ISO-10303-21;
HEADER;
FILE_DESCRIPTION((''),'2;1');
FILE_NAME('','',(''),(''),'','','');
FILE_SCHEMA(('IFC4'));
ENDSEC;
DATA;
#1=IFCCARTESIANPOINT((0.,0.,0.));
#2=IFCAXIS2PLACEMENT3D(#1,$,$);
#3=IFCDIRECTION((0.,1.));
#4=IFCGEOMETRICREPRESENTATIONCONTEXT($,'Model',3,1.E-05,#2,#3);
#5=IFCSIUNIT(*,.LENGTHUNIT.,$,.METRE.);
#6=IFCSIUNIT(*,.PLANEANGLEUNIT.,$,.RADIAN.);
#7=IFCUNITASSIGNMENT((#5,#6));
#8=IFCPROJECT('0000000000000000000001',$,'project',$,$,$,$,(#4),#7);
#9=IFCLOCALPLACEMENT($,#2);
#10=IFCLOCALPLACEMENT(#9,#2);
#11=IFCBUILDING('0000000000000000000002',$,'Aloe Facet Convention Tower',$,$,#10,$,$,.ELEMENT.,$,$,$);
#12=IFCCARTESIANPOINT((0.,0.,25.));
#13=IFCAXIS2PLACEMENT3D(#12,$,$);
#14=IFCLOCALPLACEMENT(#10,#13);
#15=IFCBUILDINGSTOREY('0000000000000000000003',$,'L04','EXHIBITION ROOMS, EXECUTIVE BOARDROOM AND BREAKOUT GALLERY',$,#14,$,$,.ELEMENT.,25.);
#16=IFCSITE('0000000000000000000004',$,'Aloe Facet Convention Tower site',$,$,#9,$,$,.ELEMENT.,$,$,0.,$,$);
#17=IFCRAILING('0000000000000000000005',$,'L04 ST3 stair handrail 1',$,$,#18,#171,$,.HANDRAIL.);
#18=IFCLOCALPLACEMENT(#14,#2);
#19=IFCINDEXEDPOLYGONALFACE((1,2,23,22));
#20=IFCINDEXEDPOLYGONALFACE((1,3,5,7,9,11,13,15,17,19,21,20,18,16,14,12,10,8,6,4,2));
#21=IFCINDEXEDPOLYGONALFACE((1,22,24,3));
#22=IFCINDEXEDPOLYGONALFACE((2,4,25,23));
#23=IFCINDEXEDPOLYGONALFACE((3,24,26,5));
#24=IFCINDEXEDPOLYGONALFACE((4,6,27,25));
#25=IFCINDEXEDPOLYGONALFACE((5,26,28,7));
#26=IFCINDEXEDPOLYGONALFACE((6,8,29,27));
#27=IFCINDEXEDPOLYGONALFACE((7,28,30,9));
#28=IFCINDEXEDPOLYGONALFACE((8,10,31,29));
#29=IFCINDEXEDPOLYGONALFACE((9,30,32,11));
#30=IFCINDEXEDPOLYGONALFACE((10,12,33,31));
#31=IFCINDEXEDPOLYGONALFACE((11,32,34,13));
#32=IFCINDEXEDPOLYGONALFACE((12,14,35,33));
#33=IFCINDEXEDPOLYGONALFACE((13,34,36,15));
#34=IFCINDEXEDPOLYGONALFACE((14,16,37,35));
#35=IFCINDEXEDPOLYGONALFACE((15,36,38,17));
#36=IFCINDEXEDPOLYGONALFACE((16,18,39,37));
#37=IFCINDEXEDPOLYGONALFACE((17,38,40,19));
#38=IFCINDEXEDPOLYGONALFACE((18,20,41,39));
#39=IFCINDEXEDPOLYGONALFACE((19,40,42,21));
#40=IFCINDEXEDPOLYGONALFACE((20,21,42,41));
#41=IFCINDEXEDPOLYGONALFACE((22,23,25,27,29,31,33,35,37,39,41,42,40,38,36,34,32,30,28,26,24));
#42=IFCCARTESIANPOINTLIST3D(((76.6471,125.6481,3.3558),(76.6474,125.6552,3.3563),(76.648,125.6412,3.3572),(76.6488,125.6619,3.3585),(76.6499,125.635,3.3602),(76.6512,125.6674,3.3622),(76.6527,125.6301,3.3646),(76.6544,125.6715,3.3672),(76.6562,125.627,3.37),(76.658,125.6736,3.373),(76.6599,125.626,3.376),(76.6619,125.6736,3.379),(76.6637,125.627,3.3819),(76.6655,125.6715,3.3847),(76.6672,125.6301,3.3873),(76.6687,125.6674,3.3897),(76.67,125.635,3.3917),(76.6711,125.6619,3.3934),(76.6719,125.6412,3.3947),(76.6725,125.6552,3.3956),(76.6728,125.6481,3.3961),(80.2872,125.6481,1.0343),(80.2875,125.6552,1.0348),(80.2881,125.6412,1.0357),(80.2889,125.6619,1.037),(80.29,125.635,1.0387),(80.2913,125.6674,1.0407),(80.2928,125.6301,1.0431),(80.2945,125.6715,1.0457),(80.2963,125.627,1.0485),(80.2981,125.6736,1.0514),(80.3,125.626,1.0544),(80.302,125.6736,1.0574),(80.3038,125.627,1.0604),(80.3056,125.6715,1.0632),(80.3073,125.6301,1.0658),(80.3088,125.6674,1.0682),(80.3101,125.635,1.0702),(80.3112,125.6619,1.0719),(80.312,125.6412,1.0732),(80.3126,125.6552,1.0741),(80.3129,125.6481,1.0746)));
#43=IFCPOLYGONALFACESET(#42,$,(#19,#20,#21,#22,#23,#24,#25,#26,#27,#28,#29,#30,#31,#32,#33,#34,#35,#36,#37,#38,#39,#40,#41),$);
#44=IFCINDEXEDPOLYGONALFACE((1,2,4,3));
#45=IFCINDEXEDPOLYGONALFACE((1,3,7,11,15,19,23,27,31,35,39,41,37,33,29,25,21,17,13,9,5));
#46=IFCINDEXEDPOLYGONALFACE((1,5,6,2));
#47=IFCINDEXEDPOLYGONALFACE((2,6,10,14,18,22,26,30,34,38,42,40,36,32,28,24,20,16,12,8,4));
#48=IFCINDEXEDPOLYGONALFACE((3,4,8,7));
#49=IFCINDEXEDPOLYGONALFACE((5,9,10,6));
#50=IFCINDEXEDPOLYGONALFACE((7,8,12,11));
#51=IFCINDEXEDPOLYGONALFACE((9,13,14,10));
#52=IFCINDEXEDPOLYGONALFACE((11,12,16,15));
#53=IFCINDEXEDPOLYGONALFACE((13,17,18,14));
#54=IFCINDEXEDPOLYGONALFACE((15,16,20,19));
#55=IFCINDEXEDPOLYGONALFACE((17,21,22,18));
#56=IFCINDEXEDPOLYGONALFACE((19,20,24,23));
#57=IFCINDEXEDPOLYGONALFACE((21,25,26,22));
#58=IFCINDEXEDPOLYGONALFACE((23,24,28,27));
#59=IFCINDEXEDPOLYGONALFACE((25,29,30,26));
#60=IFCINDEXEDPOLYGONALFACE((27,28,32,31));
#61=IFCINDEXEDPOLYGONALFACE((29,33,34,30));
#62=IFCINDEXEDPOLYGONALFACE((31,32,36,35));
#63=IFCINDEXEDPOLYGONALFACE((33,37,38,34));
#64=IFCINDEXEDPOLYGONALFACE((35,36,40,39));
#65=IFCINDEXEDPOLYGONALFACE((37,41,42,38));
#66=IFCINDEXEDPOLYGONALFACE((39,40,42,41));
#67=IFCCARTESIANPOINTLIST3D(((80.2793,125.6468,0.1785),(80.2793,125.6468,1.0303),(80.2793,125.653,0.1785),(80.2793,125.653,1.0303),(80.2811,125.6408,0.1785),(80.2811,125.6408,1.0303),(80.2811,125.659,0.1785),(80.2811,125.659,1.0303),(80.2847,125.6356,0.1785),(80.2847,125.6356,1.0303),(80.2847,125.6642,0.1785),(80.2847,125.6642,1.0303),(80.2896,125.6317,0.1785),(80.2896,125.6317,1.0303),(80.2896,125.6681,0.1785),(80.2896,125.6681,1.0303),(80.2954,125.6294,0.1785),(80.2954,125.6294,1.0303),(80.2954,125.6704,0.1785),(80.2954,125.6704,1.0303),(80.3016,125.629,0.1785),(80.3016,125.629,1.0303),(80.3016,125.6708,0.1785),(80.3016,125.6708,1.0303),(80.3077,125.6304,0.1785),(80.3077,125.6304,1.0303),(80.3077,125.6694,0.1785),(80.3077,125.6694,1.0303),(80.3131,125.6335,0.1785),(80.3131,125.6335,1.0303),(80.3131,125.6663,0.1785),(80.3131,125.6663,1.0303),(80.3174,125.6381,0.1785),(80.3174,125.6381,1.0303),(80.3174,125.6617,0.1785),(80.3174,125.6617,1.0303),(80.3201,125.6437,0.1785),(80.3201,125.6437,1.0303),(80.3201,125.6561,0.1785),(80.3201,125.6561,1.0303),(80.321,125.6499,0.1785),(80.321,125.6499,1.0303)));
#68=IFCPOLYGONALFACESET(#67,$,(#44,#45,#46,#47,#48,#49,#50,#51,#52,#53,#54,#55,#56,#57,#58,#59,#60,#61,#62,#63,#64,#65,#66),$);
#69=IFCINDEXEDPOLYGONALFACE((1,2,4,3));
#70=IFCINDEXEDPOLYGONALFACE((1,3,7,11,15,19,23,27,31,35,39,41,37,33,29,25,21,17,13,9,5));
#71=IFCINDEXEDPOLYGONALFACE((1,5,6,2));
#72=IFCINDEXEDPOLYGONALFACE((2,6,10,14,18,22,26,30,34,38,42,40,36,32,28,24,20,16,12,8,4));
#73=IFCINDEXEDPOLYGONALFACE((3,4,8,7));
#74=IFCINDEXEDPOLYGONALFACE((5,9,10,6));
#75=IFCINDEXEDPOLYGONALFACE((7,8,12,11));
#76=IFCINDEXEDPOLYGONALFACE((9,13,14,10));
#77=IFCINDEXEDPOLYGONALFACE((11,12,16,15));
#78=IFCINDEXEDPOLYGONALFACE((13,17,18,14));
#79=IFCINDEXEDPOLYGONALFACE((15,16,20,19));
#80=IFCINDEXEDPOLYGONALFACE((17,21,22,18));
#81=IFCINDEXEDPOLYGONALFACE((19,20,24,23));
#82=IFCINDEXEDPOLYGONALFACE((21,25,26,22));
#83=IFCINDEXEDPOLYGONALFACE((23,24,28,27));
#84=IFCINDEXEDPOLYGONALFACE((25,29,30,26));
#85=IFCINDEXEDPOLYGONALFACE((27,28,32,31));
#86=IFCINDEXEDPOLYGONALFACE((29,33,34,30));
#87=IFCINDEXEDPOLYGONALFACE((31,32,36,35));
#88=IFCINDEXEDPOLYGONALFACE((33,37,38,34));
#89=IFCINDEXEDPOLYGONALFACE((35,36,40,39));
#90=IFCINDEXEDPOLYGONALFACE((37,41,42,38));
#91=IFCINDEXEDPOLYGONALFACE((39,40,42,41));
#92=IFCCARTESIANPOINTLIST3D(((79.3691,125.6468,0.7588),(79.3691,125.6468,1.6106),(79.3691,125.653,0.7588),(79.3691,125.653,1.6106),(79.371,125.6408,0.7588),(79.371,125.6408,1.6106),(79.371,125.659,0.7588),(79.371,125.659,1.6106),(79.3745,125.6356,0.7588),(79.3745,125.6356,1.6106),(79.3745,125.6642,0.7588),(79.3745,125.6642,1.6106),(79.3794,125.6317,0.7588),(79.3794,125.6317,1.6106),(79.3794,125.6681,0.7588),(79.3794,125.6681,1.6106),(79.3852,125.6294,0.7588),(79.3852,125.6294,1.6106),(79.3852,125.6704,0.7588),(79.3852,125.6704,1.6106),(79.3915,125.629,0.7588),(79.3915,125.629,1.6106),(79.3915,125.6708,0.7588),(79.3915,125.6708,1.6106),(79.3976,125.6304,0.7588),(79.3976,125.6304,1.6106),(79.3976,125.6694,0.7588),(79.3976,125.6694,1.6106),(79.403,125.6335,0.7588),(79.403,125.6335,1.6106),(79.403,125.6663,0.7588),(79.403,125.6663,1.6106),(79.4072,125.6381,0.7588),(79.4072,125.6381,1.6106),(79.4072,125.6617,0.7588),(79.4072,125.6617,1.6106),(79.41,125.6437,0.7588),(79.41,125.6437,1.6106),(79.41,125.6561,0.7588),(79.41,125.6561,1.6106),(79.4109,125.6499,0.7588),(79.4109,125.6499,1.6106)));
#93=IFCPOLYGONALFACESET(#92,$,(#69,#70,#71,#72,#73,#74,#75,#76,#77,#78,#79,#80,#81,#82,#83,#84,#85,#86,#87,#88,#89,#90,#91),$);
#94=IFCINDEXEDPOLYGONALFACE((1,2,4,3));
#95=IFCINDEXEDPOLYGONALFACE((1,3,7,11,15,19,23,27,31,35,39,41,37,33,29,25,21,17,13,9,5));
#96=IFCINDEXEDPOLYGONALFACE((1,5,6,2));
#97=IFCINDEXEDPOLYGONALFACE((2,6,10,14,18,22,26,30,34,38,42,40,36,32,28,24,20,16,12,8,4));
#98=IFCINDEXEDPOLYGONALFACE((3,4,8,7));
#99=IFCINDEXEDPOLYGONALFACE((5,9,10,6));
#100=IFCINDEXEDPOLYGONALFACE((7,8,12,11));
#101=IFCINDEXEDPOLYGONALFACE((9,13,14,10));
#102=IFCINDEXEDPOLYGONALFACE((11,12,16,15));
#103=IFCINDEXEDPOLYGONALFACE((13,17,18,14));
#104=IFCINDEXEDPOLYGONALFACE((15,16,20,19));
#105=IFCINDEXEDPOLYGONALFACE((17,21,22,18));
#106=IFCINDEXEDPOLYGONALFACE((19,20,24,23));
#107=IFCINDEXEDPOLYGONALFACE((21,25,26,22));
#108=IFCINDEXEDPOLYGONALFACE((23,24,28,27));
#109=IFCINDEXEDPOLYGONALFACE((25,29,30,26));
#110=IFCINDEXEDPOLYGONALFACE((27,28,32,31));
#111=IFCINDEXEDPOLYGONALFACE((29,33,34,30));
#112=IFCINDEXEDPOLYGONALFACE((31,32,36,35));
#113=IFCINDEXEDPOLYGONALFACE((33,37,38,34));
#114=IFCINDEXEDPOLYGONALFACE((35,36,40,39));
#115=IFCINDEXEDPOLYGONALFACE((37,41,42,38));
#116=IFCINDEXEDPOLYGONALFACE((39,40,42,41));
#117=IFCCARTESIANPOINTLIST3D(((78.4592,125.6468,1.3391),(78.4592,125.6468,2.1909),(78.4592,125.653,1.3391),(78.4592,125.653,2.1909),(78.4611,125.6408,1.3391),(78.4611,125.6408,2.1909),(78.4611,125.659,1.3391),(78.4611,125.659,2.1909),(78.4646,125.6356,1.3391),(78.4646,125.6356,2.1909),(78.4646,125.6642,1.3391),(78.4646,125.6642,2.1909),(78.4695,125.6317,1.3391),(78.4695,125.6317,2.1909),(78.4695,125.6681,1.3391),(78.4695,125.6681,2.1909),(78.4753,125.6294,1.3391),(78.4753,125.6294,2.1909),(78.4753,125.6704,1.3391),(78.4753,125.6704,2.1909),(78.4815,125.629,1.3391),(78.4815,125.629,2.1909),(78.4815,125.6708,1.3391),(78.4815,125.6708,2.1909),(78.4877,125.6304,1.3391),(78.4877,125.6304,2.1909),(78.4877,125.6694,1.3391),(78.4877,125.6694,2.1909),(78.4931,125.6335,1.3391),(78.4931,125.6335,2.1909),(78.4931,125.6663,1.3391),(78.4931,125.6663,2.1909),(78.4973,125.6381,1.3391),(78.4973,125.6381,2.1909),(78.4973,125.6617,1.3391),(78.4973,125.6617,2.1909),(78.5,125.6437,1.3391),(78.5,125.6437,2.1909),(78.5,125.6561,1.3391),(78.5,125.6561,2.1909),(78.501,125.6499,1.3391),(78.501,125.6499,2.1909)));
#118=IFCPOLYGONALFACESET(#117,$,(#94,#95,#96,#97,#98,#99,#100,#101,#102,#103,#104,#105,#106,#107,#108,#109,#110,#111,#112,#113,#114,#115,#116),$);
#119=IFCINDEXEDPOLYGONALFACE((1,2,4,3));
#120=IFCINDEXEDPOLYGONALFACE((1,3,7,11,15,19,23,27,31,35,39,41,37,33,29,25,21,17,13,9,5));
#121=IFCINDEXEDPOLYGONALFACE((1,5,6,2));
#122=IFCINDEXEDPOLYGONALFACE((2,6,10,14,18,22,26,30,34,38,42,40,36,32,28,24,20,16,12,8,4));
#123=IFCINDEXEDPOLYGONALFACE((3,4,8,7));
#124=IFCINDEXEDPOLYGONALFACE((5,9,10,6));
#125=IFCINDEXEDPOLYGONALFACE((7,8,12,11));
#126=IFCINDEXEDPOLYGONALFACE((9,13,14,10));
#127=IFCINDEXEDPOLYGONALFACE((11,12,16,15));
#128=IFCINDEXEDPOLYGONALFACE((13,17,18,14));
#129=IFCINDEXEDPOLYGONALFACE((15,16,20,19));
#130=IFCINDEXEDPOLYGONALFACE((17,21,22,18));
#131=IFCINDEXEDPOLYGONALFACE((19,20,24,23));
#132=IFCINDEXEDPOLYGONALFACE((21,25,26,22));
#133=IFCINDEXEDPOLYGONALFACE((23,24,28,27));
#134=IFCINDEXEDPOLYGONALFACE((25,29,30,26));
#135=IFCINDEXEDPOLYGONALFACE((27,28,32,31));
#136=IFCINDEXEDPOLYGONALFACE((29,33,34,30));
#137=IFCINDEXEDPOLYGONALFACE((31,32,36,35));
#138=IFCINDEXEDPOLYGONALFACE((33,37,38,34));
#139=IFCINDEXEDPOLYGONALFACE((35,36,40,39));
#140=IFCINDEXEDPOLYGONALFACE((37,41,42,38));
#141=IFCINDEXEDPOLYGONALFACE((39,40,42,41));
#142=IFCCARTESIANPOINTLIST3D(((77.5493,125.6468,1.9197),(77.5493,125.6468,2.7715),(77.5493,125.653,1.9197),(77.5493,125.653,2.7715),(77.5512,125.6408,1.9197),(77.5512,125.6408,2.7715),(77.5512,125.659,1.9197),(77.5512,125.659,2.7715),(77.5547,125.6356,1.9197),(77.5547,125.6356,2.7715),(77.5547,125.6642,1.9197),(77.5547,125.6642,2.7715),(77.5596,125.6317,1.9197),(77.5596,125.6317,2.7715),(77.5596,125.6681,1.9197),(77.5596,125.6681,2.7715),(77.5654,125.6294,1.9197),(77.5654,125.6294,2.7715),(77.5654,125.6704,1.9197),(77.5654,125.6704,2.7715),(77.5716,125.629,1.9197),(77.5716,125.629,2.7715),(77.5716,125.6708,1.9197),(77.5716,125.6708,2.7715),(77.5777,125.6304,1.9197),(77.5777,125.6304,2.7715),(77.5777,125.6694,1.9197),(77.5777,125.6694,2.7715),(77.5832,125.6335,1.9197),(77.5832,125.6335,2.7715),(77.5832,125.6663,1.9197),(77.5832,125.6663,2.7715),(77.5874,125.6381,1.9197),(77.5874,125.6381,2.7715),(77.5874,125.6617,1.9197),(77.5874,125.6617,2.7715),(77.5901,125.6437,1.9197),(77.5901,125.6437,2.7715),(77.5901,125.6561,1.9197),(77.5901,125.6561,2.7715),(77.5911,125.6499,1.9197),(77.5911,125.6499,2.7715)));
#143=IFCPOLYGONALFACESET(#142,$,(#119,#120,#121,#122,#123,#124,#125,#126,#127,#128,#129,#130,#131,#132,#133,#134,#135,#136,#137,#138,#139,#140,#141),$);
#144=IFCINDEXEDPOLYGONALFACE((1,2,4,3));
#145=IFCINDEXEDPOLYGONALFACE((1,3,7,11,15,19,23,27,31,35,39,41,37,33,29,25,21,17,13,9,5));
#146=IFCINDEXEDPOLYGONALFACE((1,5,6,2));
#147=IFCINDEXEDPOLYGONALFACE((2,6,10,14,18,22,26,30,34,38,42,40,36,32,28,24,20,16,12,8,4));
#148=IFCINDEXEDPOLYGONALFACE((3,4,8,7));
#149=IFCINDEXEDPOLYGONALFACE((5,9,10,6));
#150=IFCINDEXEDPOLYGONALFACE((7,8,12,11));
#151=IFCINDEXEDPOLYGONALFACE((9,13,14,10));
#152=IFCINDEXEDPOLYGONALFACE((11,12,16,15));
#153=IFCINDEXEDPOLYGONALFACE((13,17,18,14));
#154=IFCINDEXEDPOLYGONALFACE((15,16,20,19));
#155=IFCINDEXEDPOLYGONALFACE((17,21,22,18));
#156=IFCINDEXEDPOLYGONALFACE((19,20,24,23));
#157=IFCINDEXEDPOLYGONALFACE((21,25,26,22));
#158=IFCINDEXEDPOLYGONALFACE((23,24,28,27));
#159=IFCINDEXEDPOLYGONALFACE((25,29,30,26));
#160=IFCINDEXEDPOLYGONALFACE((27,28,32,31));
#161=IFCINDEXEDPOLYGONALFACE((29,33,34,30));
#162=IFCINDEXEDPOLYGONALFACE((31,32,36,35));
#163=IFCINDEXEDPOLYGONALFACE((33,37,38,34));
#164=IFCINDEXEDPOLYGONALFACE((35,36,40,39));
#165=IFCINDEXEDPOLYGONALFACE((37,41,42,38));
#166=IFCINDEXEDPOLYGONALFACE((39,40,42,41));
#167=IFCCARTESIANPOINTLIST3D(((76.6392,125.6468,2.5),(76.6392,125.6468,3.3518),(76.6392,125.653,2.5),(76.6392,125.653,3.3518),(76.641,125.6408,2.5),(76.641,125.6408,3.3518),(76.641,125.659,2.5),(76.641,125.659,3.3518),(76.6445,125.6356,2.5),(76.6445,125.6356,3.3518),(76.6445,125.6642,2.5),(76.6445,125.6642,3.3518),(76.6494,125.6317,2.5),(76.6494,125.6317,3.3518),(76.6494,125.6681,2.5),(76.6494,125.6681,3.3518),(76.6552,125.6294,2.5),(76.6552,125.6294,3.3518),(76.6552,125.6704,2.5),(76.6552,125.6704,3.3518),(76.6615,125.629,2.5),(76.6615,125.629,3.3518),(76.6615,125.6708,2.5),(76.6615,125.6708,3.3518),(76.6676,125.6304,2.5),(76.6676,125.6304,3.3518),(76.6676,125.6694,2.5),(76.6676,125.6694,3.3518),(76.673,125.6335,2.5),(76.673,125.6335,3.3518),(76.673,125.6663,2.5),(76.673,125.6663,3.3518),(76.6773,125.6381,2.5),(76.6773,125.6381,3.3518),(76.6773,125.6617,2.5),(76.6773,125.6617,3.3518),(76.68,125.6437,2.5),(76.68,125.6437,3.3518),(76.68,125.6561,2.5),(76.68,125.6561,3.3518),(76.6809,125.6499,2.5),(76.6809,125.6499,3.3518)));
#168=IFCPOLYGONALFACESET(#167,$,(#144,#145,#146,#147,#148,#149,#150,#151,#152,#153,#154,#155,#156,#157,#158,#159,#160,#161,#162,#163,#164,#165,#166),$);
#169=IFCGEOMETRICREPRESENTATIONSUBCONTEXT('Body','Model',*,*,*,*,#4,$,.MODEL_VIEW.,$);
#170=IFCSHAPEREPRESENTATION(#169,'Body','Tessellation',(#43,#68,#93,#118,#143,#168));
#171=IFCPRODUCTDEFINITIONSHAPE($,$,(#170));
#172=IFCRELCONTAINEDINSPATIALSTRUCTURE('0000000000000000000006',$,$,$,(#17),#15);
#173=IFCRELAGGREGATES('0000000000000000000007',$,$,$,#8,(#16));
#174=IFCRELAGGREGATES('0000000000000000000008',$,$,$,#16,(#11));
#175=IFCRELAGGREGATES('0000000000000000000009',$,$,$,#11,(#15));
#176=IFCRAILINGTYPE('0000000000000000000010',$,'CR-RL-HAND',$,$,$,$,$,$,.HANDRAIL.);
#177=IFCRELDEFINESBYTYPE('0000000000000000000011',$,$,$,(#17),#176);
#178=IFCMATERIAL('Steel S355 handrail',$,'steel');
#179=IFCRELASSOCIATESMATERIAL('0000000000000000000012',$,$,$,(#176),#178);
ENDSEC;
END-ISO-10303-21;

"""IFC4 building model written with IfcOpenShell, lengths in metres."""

from ifc_helpers import new_model, si_unit, direction, frame, origin, origin_2d, place, context, subcontext, project, spatial, circle, extrude, material, type_object, element, save


model = new_model("IFC4")

# Units and contexts
model_context = context("Model", 3, precision=1e-05, world=origin(), true_north=direction((0.0, 1.0)))
body_context = subcontext(model_context, "Body", "Model", "MODEL_VIEW")
ifc_project = project(units=[si_unit("LENGTHUNIT", "METRE"), si_unit("PLANEANGLEUNIT", "RADIAN")], contexts=[model_context])

# Site, building, storey
site_placement = place(None, origin())
site = spatial("IfcSite", under=ifc_project, at=site_placement, Name="Aloe Facet Convention Tower site", CompositionType="ELEMENT", RefElevation=0.0)
building_placement = place(site_placement, origin())
building = spatial("IfcBuilding", under=site, at=building_placement, Name="Aloe Facet Convention Tower", CompositionType="ELEMENT")
storey_placement = place(building_placement, frame((0.0, 0.0, 25.0)))
storey = spatial("IfcBuildingStorey", under=building, at=storey_placement, Name="L04", Description="EXHIBITION ROOMS, EXECUTIVE BOARDROOM AND BREAKOUT GALLERY", CompositionType="ELEMENT", Elevation=25.0)

# Railing
ifc_material_1 = material(Name="Steel S355 handrail", Category="steel")
railing_type = type_object("IfcRailingType", Name="CR-RL-HAND", PredefinedType="HANDRAIL", material=ifc_material_1)
railing_1_placement = place(storey_placement, frame((80.3, 125.6499, 0.1785)))
element("IfcRailing", 1, at=railing_1_placement, inside=storey, type_object=railing_type, Name="L04 ST3 stair handrail 1", PredefinedType="HANDRAIL", context=body_context, shape_type="SweptSolid", body=[
    extrude(circle(Radius=0.0239, at=origin_2d()), frame((0.0, 0.0, 0.876), z_axis=(-0.843128, 0.0, 0.537713), x_axis=(0.0, -1.0, 0.0)), (0.0, 0.0, 1.0), 4.3174),
    extrude(circle(Radius=0.021, at=origin_2d()), origin(), (0.0, 0.0, 1.0), 0.8518),
    extrude(circle(Radius=0.021, at=origin_2d()), frame((-0.9102, 0.0, 0.5803)), (0.0, 0.0, 1.0), 0.8518),
    extrude(circle(Radius=0.021, at=origin_2d()), frame((-1.8201, 0.0, 1.1606)), (0.0, 0.0, 1.0), 0.8518),
    extrude(circle(Radius=0.021, at=origin_2d()), frame((-2.73, 0.0, 1.7412)), (0.0, 0.0, 1.0), 0.8518),
    extrude(circle(Radius=0.021, at=origin_2d()), frame((-3.6401, 0.0, 2.3215)), (0.0, 0.0, 1.0), 0.8518),
])

save(model, "model.ifc")
